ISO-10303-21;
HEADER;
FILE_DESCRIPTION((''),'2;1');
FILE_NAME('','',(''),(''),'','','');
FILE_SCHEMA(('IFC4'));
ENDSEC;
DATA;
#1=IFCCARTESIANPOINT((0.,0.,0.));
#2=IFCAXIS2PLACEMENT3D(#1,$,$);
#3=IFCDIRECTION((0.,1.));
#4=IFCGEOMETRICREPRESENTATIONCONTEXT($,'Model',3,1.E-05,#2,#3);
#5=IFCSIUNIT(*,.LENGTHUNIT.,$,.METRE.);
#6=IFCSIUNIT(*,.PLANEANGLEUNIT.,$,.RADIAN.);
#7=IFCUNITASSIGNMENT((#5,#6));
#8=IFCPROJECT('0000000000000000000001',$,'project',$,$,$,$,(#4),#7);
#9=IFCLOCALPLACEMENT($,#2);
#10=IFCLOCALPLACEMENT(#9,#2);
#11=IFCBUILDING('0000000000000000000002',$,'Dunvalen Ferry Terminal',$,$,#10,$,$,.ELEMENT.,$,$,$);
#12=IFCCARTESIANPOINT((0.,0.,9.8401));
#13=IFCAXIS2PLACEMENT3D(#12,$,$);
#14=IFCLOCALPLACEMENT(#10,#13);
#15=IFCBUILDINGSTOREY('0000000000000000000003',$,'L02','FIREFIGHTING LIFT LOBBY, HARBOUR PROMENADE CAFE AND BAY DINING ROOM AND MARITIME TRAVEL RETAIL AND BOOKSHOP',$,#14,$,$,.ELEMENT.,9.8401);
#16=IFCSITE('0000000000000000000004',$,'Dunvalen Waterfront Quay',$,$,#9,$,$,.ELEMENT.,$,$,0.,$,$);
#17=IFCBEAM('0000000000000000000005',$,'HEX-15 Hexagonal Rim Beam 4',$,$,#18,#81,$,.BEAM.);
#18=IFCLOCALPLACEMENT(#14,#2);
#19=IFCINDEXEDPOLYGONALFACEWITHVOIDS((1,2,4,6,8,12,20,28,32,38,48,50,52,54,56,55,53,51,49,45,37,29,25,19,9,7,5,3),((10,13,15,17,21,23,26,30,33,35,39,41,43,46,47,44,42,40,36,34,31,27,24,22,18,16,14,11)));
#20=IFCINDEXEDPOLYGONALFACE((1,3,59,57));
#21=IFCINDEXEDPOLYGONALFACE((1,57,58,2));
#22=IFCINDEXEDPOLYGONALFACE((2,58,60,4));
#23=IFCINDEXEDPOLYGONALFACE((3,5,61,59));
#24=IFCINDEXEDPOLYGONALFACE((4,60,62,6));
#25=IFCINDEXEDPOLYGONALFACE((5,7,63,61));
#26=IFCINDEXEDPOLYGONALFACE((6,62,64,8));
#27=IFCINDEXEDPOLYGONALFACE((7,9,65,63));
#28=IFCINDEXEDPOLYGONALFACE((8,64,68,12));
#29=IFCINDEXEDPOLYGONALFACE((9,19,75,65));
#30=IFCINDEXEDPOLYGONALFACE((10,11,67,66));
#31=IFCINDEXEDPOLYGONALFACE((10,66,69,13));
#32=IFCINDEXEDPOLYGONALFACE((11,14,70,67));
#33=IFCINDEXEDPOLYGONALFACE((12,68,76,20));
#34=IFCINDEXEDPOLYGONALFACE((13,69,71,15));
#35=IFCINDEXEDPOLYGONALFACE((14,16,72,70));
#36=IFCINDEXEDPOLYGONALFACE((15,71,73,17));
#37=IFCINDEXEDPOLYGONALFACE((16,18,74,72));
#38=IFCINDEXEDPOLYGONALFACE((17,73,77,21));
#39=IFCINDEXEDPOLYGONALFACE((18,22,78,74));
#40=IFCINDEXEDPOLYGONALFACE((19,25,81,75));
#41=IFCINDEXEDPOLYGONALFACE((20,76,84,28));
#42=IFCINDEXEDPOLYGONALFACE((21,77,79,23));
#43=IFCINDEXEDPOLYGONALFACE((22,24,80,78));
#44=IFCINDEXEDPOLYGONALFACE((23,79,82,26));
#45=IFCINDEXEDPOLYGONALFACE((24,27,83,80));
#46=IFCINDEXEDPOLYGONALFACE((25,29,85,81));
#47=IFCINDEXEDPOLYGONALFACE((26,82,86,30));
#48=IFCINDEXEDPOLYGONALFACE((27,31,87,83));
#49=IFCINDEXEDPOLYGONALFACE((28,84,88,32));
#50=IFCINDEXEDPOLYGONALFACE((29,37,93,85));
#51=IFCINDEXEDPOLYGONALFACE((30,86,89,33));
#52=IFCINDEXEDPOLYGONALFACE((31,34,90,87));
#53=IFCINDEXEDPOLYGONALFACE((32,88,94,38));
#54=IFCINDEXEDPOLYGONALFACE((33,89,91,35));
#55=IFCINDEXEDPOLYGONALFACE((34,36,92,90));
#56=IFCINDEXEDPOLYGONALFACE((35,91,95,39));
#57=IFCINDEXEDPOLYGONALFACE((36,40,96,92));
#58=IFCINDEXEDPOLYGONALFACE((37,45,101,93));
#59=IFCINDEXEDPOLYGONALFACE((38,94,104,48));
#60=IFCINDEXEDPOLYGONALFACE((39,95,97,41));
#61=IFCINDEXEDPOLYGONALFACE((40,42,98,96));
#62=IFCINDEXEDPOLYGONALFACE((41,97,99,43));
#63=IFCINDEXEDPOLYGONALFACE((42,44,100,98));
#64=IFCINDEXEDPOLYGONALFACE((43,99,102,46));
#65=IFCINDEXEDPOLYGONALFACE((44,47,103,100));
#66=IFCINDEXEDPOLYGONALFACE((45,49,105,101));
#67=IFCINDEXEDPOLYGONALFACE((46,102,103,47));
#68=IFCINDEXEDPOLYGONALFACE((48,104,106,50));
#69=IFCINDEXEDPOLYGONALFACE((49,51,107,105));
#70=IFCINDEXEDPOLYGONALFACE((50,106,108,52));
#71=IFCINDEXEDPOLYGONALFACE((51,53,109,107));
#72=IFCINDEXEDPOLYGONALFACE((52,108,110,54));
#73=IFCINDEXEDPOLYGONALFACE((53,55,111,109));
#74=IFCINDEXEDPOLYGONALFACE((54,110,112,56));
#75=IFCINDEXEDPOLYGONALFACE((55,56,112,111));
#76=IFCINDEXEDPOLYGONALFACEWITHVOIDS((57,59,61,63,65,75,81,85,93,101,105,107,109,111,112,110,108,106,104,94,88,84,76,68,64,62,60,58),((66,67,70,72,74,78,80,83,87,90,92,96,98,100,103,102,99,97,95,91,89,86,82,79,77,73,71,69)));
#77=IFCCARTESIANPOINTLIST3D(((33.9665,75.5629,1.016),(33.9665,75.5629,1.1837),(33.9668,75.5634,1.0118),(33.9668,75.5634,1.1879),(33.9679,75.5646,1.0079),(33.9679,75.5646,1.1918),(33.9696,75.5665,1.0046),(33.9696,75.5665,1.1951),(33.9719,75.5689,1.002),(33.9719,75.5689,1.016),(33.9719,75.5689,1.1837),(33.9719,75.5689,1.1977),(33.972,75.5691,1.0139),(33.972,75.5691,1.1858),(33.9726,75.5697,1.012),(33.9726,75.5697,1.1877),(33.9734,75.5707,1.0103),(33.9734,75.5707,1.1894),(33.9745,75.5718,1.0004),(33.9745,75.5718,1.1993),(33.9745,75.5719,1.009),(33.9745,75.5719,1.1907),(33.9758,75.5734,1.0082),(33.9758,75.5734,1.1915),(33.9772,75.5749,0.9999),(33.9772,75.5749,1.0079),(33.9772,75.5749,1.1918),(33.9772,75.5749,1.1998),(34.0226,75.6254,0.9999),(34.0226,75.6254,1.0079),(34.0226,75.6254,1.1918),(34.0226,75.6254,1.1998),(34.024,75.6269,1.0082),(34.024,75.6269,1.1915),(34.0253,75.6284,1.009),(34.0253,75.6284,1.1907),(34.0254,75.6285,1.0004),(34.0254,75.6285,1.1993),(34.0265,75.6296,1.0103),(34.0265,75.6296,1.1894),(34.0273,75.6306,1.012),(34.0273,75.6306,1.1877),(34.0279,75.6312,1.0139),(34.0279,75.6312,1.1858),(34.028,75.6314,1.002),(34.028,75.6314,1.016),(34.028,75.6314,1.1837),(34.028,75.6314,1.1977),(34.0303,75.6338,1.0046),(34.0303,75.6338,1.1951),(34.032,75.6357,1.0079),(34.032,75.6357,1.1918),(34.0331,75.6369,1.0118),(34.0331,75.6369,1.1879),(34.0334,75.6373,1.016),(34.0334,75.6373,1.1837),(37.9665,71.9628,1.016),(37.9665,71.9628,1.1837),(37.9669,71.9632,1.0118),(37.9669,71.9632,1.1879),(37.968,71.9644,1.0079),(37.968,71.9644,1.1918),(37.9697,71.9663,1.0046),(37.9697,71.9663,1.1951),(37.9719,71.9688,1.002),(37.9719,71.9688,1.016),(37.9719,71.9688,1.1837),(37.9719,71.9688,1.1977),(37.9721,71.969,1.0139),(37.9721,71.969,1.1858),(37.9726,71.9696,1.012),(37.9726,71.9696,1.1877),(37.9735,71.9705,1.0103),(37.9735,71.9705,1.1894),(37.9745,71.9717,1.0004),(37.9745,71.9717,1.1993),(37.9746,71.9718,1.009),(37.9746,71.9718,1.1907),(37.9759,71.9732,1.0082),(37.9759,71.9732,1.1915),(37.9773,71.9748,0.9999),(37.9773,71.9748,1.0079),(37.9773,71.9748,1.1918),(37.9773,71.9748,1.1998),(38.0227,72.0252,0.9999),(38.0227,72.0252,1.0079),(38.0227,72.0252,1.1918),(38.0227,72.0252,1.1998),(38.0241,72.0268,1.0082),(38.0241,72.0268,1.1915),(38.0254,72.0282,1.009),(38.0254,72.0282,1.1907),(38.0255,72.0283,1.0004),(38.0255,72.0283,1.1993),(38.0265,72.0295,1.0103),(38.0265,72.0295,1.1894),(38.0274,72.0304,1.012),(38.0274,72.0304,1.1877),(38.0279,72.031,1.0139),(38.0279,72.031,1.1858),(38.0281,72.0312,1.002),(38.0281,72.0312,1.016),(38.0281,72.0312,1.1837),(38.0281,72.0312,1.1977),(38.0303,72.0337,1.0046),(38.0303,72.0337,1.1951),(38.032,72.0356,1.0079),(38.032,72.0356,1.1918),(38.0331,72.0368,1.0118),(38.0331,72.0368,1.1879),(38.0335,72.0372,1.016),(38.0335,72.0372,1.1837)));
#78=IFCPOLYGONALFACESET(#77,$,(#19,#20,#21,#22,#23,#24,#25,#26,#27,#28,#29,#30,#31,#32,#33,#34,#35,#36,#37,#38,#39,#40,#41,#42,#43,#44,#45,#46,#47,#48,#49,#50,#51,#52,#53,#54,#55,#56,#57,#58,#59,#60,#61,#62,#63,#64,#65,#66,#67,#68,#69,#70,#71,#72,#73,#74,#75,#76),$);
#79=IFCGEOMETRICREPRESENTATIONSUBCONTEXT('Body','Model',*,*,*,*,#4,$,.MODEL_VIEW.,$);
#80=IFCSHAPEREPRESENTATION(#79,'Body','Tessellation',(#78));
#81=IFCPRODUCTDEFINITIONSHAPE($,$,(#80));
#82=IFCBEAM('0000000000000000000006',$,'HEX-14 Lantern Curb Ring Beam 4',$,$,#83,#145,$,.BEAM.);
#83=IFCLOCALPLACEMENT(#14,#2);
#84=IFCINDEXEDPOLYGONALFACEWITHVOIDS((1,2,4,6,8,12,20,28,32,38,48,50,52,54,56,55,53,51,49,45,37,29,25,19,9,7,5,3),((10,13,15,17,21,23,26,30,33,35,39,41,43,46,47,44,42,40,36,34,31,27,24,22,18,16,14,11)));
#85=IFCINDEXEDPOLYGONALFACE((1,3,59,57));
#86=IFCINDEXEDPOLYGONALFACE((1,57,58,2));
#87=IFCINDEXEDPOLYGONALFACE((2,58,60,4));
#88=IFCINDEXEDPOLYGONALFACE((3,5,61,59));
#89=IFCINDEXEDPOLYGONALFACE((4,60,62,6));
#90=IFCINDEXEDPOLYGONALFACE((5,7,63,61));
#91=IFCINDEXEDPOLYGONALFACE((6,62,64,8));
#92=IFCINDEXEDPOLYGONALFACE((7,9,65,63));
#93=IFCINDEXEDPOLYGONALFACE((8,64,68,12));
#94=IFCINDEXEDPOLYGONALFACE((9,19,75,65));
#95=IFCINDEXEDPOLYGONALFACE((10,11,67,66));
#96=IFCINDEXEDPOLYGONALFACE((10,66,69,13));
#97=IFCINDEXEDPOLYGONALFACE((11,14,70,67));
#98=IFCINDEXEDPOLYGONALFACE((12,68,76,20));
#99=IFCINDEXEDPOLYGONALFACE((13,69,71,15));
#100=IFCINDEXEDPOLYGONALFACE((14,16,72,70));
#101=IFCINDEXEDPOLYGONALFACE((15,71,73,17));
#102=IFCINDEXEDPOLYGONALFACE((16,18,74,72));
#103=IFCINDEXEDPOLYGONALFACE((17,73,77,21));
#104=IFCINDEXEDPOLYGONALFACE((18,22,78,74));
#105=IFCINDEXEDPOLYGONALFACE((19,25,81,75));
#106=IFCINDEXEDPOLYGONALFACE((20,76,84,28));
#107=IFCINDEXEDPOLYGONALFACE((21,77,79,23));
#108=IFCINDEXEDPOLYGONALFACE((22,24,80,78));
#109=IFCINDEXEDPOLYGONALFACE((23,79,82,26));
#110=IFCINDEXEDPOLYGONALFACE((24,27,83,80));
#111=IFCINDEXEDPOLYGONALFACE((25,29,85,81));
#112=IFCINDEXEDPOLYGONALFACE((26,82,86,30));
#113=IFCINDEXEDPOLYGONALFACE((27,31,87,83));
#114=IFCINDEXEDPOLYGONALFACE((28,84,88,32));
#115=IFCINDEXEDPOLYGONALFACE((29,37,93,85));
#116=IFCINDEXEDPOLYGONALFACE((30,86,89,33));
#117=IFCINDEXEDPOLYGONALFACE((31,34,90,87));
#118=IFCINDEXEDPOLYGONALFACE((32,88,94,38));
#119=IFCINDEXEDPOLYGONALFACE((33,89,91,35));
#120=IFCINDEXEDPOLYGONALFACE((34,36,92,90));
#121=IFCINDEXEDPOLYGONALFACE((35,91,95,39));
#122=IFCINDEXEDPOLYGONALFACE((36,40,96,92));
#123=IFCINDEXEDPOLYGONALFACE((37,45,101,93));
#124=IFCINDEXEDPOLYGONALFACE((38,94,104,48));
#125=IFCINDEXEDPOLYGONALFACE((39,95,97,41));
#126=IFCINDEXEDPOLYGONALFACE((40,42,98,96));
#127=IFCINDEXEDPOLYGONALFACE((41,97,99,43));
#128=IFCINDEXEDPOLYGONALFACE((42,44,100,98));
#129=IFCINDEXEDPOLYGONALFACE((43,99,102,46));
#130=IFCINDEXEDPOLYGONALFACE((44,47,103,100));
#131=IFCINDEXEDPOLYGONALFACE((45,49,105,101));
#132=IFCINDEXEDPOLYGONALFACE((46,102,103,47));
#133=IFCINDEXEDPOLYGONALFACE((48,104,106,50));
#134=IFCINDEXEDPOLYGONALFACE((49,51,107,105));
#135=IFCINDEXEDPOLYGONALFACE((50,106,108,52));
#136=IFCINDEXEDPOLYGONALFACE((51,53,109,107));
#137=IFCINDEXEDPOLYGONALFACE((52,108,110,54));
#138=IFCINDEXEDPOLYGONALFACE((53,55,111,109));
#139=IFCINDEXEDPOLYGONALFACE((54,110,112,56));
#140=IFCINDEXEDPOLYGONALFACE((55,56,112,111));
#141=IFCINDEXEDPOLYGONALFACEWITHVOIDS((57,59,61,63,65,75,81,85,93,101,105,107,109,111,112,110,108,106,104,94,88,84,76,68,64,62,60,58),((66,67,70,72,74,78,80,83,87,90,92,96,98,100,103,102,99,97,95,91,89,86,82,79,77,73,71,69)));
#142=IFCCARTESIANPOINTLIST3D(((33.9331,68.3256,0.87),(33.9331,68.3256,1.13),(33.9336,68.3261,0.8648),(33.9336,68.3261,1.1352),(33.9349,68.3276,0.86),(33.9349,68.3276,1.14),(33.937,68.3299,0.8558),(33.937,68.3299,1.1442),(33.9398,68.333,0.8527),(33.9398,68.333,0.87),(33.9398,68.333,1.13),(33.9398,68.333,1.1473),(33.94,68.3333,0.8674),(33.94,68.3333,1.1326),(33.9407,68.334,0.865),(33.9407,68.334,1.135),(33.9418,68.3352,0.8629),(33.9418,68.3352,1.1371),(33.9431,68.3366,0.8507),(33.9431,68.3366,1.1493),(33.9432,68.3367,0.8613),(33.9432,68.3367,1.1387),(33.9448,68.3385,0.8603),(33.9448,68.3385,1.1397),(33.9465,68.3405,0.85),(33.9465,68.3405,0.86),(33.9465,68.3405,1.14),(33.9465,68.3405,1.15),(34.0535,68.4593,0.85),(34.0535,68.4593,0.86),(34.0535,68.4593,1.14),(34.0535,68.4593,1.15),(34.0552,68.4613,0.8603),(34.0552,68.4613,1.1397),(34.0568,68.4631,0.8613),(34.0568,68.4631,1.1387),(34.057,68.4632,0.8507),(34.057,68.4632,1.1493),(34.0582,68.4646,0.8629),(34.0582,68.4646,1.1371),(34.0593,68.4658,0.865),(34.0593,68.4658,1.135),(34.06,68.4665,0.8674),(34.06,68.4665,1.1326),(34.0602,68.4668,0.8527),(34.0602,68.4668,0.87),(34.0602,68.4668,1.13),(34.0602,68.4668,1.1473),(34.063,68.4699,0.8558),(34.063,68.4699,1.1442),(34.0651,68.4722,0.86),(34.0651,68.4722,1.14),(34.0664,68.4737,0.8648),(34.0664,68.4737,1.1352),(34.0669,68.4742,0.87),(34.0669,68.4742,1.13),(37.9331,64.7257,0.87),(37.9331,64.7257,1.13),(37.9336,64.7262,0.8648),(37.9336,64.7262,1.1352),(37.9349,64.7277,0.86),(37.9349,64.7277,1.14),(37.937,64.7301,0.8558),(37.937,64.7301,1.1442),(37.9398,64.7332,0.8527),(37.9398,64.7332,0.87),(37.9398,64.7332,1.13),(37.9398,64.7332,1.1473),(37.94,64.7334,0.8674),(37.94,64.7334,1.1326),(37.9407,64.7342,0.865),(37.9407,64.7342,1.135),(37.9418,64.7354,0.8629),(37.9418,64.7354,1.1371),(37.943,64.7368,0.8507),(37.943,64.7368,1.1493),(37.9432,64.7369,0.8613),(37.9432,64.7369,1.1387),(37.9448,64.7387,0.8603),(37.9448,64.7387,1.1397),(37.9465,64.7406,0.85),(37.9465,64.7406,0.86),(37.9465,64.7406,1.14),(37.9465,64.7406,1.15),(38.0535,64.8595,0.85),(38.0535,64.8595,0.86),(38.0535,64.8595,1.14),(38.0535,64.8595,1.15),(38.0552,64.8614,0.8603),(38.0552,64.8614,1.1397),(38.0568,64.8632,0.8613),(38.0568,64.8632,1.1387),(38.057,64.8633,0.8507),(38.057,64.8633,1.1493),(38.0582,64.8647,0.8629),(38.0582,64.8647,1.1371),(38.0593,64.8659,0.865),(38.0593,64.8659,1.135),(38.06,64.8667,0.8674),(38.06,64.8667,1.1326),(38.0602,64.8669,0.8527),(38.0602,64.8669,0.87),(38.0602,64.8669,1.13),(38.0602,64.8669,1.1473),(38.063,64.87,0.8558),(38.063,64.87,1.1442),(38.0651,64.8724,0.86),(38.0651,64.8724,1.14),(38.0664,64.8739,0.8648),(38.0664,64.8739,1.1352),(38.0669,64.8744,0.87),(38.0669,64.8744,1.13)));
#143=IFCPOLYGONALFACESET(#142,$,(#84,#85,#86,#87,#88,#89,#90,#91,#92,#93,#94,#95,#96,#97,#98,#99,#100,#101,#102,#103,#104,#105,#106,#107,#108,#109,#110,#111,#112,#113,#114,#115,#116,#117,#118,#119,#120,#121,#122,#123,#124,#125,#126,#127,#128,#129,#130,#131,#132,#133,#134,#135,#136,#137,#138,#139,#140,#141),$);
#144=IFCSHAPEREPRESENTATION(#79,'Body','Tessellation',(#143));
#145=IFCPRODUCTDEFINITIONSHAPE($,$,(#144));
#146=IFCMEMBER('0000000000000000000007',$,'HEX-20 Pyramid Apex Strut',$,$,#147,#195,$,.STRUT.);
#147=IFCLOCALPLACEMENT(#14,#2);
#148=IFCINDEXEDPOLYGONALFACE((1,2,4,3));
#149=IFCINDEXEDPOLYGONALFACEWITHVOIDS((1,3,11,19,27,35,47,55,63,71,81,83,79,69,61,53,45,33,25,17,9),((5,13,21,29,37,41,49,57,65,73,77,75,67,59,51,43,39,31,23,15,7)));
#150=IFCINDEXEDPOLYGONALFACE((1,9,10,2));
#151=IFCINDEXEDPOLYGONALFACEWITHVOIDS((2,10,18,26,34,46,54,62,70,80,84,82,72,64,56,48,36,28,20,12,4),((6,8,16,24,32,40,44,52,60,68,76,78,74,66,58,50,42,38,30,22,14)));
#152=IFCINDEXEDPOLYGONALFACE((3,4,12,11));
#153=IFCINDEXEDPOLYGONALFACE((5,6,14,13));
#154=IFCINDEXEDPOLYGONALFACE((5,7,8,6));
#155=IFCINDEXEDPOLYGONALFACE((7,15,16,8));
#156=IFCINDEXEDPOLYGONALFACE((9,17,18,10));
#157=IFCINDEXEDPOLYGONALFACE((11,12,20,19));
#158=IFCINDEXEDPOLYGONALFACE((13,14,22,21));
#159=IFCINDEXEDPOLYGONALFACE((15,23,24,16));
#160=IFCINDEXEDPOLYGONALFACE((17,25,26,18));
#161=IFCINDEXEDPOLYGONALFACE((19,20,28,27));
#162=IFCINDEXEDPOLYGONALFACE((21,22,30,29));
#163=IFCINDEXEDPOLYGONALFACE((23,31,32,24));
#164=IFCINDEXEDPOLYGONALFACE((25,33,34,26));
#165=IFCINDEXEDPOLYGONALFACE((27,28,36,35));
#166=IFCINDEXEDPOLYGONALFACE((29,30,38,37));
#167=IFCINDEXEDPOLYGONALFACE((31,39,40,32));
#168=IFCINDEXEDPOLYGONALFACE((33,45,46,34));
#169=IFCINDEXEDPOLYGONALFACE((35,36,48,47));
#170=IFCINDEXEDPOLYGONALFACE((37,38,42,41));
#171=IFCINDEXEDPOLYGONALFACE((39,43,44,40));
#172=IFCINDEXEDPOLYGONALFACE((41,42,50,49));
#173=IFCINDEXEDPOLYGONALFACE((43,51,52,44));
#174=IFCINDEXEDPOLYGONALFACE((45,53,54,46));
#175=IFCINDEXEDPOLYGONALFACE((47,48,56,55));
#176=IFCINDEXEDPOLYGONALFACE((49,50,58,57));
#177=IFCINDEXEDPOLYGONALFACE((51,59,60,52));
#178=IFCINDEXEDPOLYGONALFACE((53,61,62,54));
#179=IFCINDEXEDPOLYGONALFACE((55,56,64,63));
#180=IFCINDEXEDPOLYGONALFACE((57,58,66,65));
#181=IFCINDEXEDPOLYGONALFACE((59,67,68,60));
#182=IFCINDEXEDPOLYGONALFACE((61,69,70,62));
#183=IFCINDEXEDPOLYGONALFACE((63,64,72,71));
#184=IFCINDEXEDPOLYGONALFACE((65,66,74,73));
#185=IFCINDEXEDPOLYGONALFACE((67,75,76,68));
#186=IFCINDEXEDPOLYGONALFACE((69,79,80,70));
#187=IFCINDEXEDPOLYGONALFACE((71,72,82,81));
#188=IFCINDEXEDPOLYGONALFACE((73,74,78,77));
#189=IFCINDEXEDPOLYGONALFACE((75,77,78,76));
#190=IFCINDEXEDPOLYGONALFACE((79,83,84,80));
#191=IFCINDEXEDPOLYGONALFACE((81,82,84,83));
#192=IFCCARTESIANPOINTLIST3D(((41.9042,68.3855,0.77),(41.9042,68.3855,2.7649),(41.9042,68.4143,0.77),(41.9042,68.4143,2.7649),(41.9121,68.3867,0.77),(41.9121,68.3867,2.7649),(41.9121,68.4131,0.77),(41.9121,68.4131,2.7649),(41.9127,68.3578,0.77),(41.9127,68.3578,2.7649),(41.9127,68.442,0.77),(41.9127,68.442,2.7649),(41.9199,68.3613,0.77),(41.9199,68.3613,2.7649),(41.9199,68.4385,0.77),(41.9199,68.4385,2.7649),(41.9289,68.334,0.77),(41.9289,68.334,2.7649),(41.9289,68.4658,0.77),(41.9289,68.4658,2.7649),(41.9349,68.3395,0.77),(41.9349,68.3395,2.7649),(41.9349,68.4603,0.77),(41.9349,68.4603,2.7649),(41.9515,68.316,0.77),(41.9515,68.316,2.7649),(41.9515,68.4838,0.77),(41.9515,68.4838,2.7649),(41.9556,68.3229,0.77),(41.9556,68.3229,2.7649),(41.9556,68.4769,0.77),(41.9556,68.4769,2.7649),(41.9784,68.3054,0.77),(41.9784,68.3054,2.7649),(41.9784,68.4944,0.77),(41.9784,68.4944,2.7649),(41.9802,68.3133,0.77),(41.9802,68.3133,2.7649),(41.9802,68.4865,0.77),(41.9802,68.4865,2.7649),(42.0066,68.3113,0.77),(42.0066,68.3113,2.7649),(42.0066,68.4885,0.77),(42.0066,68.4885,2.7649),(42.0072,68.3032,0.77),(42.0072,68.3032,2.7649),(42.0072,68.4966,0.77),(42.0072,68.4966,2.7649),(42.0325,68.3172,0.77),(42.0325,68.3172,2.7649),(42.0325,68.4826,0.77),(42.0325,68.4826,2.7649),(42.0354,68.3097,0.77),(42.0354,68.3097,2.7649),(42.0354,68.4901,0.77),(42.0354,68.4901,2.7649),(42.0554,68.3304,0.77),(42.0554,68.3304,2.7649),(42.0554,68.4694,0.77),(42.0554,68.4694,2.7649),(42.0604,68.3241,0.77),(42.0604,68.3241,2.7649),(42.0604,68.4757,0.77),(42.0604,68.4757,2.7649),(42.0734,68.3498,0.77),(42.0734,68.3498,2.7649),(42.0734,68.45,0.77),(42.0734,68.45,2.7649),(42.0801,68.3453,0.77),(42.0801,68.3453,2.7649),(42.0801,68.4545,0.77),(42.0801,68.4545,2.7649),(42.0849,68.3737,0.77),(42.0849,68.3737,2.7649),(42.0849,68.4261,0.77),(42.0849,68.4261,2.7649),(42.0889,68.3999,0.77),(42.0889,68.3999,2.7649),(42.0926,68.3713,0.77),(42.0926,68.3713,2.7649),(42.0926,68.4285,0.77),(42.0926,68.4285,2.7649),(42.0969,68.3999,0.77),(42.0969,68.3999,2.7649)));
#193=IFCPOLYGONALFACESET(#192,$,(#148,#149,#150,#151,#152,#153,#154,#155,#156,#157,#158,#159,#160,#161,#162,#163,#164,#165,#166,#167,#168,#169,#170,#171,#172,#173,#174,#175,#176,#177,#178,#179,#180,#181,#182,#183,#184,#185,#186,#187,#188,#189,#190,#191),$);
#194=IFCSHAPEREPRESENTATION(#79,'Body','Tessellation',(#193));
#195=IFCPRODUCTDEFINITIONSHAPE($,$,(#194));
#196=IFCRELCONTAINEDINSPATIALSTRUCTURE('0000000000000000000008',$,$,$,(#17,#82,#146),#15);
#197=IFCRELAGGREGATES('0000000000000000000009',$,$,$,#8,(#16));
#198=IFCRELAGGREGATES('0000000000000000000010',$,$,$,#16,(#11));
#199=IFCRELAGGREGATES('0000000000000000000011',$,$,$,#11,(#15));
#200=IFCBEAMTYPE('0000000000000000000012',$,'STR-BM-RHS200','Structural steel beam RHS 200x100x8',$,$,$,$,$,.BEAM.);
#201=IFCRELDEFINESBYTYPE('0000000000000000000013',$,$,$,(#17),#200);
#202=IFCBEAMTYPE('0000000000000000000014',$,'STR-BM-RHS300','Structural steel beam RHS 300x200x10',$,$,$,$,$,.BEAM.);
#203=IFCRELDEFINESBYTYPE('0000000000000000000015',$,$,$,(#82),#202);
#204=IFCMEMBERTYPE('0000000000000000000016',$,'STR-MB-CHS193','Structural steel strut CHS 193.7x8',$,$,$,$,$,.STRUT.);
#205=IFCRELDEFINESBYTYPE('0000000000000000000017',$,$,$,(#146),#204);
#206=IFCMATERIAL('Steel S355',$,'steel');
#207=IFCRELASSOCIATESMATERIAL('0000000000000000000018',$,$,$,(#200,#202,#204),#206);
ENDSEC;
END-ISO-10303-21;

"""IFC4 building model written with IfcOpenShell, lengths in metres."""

from ifc_helpers import new_model, si_unit, direction, frame, origin, origin_2d, place, context, subcontext, project, spatial, hollow_rectangle, hollow_circle, extrude, material, material_profile, profile_set, type_object, element, save


model = new_model("IFC4")

# Units and contexts
model_context = context("Model", 3, precision=1e-05, world=origin(), true_north=direction((0.0, 1.0)))
body_context = subcontext(model_context, "Body", "Model", "MODEL_VIEW")
ifc_project = project(units=[si_unit("LENGTHUNIT", "METRE"), si_unit("PLANEANGLEUNIT", "RADIAN")], contexts=[model_context])

# Site, building, storey
site_placement = place(None, origin())
site = spatial("IfcSite", under=ifc_project, at=site_placement, Name="Dunvalen Waterfront Quay", CompositionType="ELEMENT", RefElevation=0.0)
building_placement = place(site_placement, origin())
building = spatial("IfcBuilding", under=site, at=building_placement, Name="Dunvalen Ferry Terminal", CompositionType="ELEMENT")
storey_placement = place(building_placement, frame((0.0, 0.0, 9.8401)))
storey = spatial("IfcBuildingStorey", under=building, at=storey_placement, Name="L02", Description="FIREFIGHTING LIFT LOBBY, HARBOUR PROMENADE CAFE AND BAY DINING ROOM AND MARITIME TRAVEL RETAIL AND BOOKSHOP", CompositionType="ELEMENT", Elevation=9.8401)

# Beams
ifc_material_1 = material(Name="Steel S355", Category="steel")
ifc_material_profile_1 = material_profile(ifc_material_1, hollow_rectangle(XDim=0.1001, YDim=0.2, WallThickness=0.0081, InnerFilletRadius=0.0081, OuterFilletRadius=0.0161, at=origin_2d()), Name="Steel S355")
ifc_profile_set_1 = profile_set([ifc_material_profile_1], Name="Steel S355")
beam_type_1 = type_object("IfcBeamType", Name="STR-BM-RHS200", Description="Structural steel beam RHS 200x100x8", PredefinedType="BEAM", material=ifc_profile_set_1)
beam_1_placement = place(storey_placement, frame((38.0, 72.0, 1.0999), z_axis=(-0.743285, 0.668975, 0.0), x_axis=(-0.668975, -0.743285, 0.0)))
element("IfcBeam", 1, at=beam_1_placement, inside=storey, type_object=beam_type_1, Name="HEX-15 Hexagonal Rim Beam 4", PredefinedType="BEAM", context=body_context, shape_type="SweptSolid", body=[
    extrude(hollow_rectangle(XDim=0.1001, YDim=0.2, WallThickness=0.0081, InnerFilletRadius=0.0081, OuterFilletRadius=0.0161, at=origin_2d()), origin(), (0.0, 0.0, 1.0), 5.3816),
])
ifc_material_profile_2 = material_profile(ifc_material_1, hollow_rectangle(XDim=0.2, YDim=0.3, WallThickness=0.01, InnerFilletRadius=0.01, OuterFilletRadius=0.02, at=origin_2d()), Name="Steel S355")
ifc_profile_set_2 = profile_set([ifc_material_profile_2], Name="Steel S355")
beam_type_2 = type_object("IfcBeamType", Name="STR-BM-RHS300", Description="Structural steel beam RHS 300x200x10", PredefinedType="BEAM", material=ifc_profile_set_2)
beam_2_placement = place(storey_placement, frame((38.0, 64.8, 1.0), z_axis=(-0.743308, 0.66895, 0.0), x_axis=(-0.66895, -0.743308, 0.0)))
element("IfcBeam", 2, at=beam_2_placement, inside=storey, type_object=beam_type_2, Name="HEX-14 Lantern Curb Ring Beam 4", PredefinedType="BEAM", context=body_context, shape_type="SweptSolid", body=[
    extrude(hollow_rectangle(XDim=0.2, YDim=0.3, WallThickness=0.01, InnerFilletRadius=0.01, OuterFilletRadius=0.02, at=origin_2d()), origin(), (0.0, 0.0, 1.0), 5.3813),
])

# Member
ifc_material_profile_3 = material_profile(ifc_material_1, hollow_circle(Radius=0.0969, WallThickness=0.0081, at=origin_2d()), Name="Steel S355")
ifc_profile_set_3 = profile_set([ifc_material_profile_3], Name="Steel S355")
member_type_1 = type_object("IfcMemberType", Name="STR-MB-CHS193", Description="Structural steel strut CHS 193.7x8", PredefinedType="STRUT", material=ifc_profile_set_3)
member_1_placement = place(storey_placement, frame((42.0, 68.3999, 0.77), z_axis=(0.0, 0.0, 1.0), x_axis=(1.0, 0.0, 0.0)))
element("IfcMember", 3, at=member_1_placement, inside=storey, type_object=member_type_1, Name="HEX-20 Pyramid Apex Strut", PredefinedType="STRUT", context=body_context, shape_type="SweptSolid", body=[
    extrude(hollow_circle(Radius=0.0969, WallThickness=0.0081, at=origin_2d()), origin(), (0.0, 0.0, 1.0), 1.9949),
])

save(model, "model.ifc")
